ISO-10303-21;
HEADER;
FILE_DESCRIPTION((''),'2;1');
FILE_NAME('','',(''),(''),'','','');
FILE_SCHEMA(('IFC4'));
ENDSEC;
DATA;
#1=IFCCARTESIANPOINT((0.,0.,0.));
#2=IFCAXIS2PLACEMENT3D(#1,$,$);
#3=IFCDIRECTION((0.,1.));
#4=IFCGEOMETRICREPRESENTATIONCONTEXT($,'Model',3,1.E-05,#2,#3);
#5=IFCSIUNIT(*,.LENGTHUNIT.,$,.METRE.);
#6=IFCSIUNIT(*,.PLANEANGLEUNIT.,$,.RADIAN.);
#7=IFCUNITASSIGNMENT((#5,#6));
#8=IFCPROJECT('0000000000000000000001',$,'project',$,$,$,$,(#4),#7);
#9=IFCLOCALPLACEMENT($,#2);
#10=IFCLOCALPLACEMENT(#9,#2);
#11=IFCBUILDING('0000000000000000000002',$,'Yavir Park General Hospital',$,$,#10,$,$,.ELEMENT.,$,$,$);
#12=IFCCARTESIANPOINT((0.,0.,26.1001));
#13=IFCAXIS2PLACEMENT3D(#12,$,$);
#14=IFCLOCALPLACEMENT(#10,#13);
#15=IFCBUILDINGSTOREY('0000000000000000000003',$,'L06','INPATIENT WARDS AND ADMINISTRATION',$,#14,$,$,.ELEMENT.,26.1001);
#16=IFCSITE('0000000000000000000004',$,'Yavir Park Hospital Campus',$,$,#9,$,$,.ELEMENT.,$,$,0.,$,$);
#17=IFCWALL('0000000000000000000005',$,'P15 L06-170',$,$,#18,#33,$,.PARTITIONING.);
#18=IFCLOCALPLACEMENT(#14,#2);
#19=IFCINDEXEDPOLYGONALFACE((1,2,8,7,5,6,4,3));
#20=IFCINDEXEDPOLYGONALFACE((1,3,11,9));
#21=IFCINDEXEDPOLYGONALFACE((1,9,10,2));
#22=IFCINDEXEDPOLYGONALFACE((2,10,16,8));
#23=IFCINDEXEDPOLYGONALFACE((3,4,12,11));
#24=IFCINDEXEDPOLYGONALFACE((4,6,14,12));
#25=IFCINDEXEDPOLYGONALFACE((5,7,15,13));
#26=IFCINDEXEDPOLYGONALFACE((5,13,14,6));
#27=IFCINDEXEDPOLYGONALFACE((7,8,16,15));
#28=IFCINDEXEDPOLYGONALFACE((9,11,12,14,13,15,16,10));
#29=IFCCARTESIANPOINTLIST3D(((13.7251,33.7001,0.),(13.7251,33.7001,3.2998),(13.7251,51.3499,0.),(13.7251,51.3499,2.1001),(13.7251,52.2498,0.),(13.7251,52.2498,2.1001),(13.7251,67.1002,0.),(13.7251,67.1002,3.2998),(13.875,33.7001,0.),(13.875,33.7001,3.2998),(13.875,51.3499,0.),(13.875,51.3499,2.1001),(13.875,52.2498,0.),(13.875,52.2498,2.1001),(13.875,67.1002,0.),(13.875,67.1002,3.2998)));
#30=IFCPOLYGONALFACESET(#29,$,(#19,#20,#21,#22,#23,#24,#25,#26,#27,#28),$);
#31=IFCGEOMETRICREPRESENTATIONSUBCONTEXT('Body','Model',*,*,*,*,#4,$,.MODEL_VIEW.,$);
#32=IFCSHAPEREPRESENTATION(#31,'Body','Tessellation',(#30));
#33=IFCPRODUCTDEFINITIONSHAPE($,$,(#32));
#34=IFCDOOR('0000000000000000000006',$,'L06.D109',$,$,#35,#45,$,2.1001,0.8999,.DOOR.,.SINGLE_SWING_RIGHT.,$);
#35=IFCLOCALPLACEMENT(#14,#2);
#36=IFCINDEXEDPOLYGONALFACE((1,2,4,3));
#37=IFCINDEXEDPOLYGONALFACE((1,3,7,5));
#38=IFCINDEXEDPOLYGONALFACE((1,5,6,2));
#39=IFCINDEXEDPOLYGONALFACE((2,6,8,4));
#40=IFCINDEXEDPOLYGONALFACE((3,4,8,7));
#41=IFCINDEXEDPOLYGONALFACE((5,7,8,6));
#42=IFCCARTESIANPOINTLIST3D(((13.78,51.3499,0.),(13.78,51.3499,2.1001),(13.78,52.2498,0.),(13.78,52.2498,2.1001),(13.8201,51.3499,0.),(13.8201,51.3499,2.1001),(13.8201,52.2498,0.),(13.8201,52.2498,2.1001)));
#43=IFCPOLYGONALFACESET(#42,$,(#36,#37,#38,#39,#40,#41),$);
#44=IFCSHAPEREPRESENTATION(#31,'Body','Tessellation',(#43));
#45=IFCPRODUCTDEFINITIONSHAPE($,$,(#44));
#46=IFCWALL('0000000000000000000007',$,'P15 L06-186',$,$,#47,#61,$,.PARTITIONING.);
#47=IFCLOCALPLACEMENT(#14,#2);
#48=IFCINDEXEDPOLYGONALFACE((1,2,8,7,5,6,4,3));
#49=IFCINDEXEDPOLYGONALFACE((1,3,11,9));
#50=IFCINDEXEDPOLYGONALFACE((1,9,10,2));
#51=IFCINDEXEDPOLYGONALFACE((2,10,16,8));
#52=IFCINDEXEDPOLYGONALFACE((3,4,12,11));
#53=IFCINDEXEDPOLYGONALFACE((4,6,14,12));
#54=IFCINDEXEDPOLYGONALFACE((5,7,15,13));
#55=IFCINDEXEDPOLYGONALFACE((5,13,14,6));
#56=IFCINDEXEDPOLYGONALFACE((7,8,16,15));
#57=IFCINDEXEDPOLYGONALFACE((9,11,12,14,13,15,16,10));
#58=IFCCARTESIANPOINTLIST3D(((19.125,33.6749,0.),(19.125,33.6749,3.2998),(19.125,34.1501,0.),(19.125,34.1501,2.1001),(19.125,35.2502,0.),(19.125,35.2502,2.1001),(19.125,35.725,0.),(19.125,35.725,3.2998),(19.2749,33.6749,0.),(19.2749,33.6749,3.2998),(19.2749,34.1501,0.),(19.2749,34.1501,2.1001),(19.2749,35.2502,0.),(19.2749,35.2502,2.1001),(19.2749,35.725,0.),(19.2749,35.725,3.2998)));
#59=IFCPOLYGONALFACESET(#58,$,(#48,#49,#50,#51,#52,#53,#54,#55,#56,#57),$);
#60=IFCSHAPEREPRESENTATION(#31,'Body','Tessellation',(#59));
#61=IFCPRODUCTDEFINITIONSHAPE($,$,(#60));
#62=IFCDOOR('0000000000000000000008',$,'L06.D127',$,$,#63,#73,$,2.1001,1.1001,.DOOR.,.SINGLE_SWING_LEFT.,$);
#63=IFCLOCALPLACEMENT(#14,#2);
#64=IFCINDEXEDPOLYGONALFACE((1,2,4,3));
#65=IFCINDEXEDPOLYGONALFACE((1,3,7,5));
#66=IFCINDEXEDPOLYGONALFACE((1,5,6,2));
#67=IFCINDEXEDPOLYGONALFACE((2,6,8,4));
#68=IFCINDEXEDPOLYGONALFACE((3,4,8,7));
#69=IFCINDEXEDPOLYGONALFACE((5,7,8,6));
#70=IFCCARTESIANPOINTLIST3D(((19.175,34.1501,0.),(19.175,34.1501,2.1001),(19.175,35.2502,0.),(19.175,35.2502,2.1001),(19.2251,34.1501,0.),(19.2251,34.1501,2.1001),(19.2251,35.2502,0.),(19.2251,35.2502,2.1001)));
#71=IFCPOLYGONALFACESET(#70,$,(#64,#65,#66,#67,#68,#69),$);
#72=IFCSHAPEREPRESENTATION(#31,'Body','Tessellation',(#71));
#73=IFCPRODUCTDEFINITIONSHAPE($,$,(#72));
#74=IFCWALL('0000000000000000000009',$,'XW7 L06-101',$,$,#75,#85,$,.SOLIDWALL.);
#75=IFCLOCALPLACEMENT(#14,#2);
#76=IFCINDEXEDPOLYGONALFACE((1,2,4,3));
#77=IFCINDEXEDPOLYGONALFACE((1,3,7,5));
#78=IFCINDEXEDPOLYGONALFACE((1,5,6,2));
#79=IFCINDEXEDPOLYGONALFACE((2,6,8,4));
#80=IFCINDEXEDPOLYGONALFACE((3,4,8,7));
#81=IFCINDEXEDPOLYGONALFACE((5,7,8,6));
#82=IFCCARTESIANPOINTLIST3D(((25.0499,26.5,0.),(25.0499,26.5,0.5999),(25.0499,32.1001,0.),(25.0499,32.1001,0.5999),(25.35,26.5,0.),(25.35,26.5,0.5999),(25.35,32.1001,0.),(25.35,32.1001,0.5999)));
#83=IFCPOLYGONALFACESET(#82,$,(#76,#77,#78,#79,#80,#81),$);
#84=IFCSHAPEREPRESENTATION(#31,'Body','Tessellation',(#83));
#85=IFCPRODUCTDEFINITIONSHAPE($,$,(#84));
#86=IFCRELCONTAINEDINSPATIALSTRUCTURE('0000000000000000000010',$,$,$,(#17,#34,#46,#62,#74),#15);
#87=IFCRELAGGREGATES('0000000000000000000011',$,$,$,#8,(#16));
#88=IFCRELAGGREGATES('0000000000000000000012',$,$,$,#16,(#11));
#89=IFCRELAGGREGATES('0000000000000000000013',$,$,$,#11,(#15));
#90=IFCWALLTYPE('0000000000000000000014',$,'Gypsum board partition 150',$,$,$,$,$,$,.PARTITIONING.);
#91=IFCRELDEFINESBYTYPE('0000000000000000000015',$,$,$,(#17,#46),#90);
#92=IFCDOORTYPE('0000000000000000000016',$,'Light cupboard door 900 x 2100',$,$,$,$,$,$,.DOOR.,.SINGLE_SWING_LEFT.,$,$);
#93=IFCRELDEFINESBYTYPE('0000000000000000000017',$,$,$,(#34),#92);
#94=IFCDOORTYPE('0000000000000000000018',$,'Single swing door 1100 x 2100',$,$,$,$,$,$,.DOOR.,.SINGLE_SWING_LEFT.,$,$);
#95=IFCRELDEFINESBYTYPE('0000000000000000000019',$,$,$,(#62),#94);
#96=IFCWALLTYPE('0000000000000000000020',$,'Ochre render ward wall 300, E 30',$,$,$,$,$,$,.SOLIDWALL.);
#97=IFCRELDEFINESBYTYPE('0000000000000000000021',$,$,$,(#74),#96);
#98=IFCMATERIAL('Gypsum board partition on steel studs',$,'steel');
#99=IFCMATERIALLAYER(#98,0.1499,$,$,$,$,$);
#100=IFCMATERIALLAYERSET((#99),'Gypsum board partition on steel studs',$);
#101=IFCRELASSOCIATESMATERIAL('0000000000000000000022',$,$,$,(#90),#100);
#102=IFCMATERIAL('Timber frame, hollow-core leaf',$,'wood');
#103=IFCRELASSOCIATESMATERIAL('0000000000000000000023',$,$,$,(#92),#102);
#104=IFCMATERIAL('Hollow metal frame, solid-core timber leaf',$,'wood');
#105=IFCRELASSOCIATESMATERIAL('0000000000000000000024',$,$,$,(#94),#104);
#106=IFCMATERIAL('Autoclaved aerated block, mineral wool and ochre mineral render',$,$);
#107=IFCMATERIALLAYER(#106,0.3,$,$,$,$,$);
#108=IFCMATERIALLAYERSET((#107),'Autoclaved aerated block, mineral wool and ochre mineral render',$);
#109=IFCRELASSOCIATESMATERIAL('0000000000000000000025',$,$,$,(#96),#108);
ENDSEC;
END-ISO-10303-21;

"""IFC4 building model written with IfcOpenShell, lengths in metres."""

from ifc_helpers import new_model, si_unit, direction, frame, frame_2d, origin, place, context, subcontext, project, spatial, rectangle, extrude, material, layer, layer_set, type_object, element, fill, save


model = new_model("IFC4")

# Units and contexts
model_context = context("Model", 3, precision=1e-05, world=origin(), true_north=direction((0.0, 1.0)))
body_context = subcontext(model_context, "Body", "Model", "MODEL_VIEW")
ifc_project = project(units=[si_unit("LENGTHUNIT", "METRE"), si_unit("PLANEANGLEUNIT", "RADIAN")], contexts=[model_context])

# Site, building, storey
site_placement = place(None, origin())
site = spatial("IfcSite", under=ifc_project, at=site_placement, Name="Yavir Park Hospital Campus", CompositionType="ELEMENT", RefElevation=0.0)
building_placement = place(site_placement, origin())
building = spatial("IfcBuilding", under=site, at=building_placement, Name="Yavir Park General Hospital", CompositionType="ELEMENT")
storey_placement = place(building_placement, frame((0.0, 0.0, 26.1001)))
storey = spatial("IfcBuildingStorey", under=building, at=storey_placement, Name="L06", Description="INPATIENT WARDS AND ADMINISTRATION", CompositionType="ELEMENT", Elevation=26.1001)

# Shared definitions
ifc_material_1 = material(Name="Gypsum board partition on steel studs", Category="steel")
ifc_layer_1 = layer(ifc_material_1, 0.1499)
ifc_layer_set_1 = layer_set([ifc_layer_1], Name="Gypsum board partition on steel studs")
wall_type_1 = type_object("IfcWallType", Name="Gypsum board partition 150", PredefinedType="PARTITIONING", material=ifc_layer_set_1)

# Wall, opening, door
wall_1_placement = place(storey_placement, frame((13.8, 33.7, 0.0), z_axis=(0.0, 0.0, 1.0), x_axis=(0.0, 1.0, 0.0)))
wall_1 = element("IfcWall", 1, at=wall_1_placement, inside=storey, type_object=wall_type_1, Name="P15 L06-170", PredefinedType="PARTITIONING", context=body_context, shape_type="SweptSolid", body=[
    extrude(rectangle(XDim=33.4001, YDim=0.1499, at=frame_2d((16.7002, 0.0))), origin(), (0.0, 0.0, 1.0), 3.2998),
])
opening_1_placement = place(wall_1_placement, frame((17.6499, 0.0, 0.0)))
opening_1 = element("IfcOpeningElement", 2, at=opening_1_placement, cuts=wall_1, PredefinedType="OPENING", context=body_context, shape_type="SweptSolid", body=[
    extrude(rectangle(XDim=0.8999, YDim=2.1001, at=frame_2d((0.45, 1.05))), frame((0.0, 0.085, 0.0), z_axis=(0.0, -1.0, 0.0), x_axis=(1.0, 0.0, 0.0)), (0.0, 0.0, 1.0), 0.1699),
])
ifc_material_2 = material(Name="Timber frame, hollow-core leaf", Category="wood")
door_type_1 = type_object("IfcDoorType", Name="Light cupboard door 900 x 2100", OperationType="SINGLE_SWING_LEFT", PredefinedType="DOOR", material=ifc_material_2)
door_1_placement = place(opening_1_placement, origin())
door_1 = element("IfcDoor", 3, at=door_1_placement, inside=storey, type_object=door_type_1, Name="L06.D109", OperationType="SINGLE_SWING_RIGHT", OverallHeight=2.1001, OverallWidth=0.8999, PredefinedType="DOOR", context=body_context, shape_type="SweptSolid", body=[
    extrude(rectangle(XDim=0.8999, YDim=2.1001, at=frame_2d((0.45, 1.05))), frame((0.0, 0.02, 0.0), z_axis=(0.0, -1.0, 0.0), x_axis=(1.0, 0.0, 0.0)), (0.0, 0.0, 1.0), 0.04),
])
fill(opening_1, door_1)

# Wall, opening, door
wall_2_placement = place(storey_placement, frame((19.2, 33.675, 0.0), z_axis=(0.0, 0.0, 1.0), x_axis=(0.0, 1.0, 0.0)))
wall_2 = element("IfcWall", 4, at=wall_2_placement, inside=storey, type_object=wall_type_1, Name="P15 L06-186", PredefinedType="PARTITIONING", context=body_context, shape_type="SweptSolid", body=[
    extrude(rectangle(XDim=2.05, YDim=0.1499, at=frame_2d((1.0249, 0.0))), origin(), (0.0, 0.0, 1.0), 3.2998),
])
opening_2_placement = place(wall_2_placement, frame((0.4751, 0.0, 0.0)))
opening_2 = element("IfcOpeningElement", 5, at=opening_2_placement, cuts=wall_2, PredefinedType="OPENING", context=body_context, shape_type="SweptSolid", body=[
    extrude(rectangle(XDim=1.1001, YDim=2.1001, at=frame_2d((0.55, 1.05))), frame((0.0, 0.085, 0.0), z_axis=(0.0, -1.0, 0.0), x_axis=(1.0, 0.0, 0.0)), (0.0, 0.0, 1.0), 0.1699),
])
ifc_material_3 = material(Name="Hollow metal frame, solid-core timber leaf", Category="wood")
door_type_2 = type_object("IfcDoorType", Name="Single swing door 1100 x 2100", OperationType="SINGLE_SWING_LEFT", PredefinedType="DOOR", material=ifc_material_3)
door_2_placement = place(opening_2_placement, origin())
door_2 = element("IfcDoor", 6, at=door_2_placement, inside=storey, type_object=door_type_2, Name="L06.D127", OperationType="SINGLE_SWING_LEFT", OverallHeight=2.1001, OverallWidth=1.1001, PredefinedType="DOOR", context=body_context, shape_type="SweptSolid", body=[
    extrude(rectangle(XDim=1.1001, YDim=2.1001, at=frame_2d((0.55, 1.05))), frame((0.0, 0.0249, 0.0), z_axis=(0.0, -1.0, 0.0), x_axis=(1.0, 0.0, 0.0)), (0.0, 0.0, 1.0), 0.05),
])
fill(opening_2, door_2)

# Wall
ifc_material_4 = material(Name="Autoclaved aerated block, mineral wool and ochre mineral render")
ifc_layer_2 = layer(ifc_material_4, 0.3)
ifc_layer_set_2 = layer_set([ifc_layer_2], Name="Autoclaved aerated block, mineral wool and ochre mineral render")
wall_type_2 = type_object("IfcWallType", Name="Ochre render ward wall 300, E 30", PredefinedType="SOLIDWALL", material=ifc_layer_set_2)
wall_3_placement = place(storey_placement, frame((25.2, 26.5, 0.0), z_axis=(0.0, 0.0, 1.0), x_axis=(0.0, 1.0, 0.0)))
element("IfcWall", 7, at=wall_3_placement, inside=storey, type_object=wall_type_2, Name="XW7 L06-101", PredefinedType="SOLIDWALL", context=body_context, shape_type="SweptSolid", body=[
    extrude(rectangle(XDim=5.6001, YDim=0.3, at=frame_2d((2.8, 0.0))), origin(), (0.0, 0.0, 1.0), 0.5999),
])

save(model, "model.ifc")
